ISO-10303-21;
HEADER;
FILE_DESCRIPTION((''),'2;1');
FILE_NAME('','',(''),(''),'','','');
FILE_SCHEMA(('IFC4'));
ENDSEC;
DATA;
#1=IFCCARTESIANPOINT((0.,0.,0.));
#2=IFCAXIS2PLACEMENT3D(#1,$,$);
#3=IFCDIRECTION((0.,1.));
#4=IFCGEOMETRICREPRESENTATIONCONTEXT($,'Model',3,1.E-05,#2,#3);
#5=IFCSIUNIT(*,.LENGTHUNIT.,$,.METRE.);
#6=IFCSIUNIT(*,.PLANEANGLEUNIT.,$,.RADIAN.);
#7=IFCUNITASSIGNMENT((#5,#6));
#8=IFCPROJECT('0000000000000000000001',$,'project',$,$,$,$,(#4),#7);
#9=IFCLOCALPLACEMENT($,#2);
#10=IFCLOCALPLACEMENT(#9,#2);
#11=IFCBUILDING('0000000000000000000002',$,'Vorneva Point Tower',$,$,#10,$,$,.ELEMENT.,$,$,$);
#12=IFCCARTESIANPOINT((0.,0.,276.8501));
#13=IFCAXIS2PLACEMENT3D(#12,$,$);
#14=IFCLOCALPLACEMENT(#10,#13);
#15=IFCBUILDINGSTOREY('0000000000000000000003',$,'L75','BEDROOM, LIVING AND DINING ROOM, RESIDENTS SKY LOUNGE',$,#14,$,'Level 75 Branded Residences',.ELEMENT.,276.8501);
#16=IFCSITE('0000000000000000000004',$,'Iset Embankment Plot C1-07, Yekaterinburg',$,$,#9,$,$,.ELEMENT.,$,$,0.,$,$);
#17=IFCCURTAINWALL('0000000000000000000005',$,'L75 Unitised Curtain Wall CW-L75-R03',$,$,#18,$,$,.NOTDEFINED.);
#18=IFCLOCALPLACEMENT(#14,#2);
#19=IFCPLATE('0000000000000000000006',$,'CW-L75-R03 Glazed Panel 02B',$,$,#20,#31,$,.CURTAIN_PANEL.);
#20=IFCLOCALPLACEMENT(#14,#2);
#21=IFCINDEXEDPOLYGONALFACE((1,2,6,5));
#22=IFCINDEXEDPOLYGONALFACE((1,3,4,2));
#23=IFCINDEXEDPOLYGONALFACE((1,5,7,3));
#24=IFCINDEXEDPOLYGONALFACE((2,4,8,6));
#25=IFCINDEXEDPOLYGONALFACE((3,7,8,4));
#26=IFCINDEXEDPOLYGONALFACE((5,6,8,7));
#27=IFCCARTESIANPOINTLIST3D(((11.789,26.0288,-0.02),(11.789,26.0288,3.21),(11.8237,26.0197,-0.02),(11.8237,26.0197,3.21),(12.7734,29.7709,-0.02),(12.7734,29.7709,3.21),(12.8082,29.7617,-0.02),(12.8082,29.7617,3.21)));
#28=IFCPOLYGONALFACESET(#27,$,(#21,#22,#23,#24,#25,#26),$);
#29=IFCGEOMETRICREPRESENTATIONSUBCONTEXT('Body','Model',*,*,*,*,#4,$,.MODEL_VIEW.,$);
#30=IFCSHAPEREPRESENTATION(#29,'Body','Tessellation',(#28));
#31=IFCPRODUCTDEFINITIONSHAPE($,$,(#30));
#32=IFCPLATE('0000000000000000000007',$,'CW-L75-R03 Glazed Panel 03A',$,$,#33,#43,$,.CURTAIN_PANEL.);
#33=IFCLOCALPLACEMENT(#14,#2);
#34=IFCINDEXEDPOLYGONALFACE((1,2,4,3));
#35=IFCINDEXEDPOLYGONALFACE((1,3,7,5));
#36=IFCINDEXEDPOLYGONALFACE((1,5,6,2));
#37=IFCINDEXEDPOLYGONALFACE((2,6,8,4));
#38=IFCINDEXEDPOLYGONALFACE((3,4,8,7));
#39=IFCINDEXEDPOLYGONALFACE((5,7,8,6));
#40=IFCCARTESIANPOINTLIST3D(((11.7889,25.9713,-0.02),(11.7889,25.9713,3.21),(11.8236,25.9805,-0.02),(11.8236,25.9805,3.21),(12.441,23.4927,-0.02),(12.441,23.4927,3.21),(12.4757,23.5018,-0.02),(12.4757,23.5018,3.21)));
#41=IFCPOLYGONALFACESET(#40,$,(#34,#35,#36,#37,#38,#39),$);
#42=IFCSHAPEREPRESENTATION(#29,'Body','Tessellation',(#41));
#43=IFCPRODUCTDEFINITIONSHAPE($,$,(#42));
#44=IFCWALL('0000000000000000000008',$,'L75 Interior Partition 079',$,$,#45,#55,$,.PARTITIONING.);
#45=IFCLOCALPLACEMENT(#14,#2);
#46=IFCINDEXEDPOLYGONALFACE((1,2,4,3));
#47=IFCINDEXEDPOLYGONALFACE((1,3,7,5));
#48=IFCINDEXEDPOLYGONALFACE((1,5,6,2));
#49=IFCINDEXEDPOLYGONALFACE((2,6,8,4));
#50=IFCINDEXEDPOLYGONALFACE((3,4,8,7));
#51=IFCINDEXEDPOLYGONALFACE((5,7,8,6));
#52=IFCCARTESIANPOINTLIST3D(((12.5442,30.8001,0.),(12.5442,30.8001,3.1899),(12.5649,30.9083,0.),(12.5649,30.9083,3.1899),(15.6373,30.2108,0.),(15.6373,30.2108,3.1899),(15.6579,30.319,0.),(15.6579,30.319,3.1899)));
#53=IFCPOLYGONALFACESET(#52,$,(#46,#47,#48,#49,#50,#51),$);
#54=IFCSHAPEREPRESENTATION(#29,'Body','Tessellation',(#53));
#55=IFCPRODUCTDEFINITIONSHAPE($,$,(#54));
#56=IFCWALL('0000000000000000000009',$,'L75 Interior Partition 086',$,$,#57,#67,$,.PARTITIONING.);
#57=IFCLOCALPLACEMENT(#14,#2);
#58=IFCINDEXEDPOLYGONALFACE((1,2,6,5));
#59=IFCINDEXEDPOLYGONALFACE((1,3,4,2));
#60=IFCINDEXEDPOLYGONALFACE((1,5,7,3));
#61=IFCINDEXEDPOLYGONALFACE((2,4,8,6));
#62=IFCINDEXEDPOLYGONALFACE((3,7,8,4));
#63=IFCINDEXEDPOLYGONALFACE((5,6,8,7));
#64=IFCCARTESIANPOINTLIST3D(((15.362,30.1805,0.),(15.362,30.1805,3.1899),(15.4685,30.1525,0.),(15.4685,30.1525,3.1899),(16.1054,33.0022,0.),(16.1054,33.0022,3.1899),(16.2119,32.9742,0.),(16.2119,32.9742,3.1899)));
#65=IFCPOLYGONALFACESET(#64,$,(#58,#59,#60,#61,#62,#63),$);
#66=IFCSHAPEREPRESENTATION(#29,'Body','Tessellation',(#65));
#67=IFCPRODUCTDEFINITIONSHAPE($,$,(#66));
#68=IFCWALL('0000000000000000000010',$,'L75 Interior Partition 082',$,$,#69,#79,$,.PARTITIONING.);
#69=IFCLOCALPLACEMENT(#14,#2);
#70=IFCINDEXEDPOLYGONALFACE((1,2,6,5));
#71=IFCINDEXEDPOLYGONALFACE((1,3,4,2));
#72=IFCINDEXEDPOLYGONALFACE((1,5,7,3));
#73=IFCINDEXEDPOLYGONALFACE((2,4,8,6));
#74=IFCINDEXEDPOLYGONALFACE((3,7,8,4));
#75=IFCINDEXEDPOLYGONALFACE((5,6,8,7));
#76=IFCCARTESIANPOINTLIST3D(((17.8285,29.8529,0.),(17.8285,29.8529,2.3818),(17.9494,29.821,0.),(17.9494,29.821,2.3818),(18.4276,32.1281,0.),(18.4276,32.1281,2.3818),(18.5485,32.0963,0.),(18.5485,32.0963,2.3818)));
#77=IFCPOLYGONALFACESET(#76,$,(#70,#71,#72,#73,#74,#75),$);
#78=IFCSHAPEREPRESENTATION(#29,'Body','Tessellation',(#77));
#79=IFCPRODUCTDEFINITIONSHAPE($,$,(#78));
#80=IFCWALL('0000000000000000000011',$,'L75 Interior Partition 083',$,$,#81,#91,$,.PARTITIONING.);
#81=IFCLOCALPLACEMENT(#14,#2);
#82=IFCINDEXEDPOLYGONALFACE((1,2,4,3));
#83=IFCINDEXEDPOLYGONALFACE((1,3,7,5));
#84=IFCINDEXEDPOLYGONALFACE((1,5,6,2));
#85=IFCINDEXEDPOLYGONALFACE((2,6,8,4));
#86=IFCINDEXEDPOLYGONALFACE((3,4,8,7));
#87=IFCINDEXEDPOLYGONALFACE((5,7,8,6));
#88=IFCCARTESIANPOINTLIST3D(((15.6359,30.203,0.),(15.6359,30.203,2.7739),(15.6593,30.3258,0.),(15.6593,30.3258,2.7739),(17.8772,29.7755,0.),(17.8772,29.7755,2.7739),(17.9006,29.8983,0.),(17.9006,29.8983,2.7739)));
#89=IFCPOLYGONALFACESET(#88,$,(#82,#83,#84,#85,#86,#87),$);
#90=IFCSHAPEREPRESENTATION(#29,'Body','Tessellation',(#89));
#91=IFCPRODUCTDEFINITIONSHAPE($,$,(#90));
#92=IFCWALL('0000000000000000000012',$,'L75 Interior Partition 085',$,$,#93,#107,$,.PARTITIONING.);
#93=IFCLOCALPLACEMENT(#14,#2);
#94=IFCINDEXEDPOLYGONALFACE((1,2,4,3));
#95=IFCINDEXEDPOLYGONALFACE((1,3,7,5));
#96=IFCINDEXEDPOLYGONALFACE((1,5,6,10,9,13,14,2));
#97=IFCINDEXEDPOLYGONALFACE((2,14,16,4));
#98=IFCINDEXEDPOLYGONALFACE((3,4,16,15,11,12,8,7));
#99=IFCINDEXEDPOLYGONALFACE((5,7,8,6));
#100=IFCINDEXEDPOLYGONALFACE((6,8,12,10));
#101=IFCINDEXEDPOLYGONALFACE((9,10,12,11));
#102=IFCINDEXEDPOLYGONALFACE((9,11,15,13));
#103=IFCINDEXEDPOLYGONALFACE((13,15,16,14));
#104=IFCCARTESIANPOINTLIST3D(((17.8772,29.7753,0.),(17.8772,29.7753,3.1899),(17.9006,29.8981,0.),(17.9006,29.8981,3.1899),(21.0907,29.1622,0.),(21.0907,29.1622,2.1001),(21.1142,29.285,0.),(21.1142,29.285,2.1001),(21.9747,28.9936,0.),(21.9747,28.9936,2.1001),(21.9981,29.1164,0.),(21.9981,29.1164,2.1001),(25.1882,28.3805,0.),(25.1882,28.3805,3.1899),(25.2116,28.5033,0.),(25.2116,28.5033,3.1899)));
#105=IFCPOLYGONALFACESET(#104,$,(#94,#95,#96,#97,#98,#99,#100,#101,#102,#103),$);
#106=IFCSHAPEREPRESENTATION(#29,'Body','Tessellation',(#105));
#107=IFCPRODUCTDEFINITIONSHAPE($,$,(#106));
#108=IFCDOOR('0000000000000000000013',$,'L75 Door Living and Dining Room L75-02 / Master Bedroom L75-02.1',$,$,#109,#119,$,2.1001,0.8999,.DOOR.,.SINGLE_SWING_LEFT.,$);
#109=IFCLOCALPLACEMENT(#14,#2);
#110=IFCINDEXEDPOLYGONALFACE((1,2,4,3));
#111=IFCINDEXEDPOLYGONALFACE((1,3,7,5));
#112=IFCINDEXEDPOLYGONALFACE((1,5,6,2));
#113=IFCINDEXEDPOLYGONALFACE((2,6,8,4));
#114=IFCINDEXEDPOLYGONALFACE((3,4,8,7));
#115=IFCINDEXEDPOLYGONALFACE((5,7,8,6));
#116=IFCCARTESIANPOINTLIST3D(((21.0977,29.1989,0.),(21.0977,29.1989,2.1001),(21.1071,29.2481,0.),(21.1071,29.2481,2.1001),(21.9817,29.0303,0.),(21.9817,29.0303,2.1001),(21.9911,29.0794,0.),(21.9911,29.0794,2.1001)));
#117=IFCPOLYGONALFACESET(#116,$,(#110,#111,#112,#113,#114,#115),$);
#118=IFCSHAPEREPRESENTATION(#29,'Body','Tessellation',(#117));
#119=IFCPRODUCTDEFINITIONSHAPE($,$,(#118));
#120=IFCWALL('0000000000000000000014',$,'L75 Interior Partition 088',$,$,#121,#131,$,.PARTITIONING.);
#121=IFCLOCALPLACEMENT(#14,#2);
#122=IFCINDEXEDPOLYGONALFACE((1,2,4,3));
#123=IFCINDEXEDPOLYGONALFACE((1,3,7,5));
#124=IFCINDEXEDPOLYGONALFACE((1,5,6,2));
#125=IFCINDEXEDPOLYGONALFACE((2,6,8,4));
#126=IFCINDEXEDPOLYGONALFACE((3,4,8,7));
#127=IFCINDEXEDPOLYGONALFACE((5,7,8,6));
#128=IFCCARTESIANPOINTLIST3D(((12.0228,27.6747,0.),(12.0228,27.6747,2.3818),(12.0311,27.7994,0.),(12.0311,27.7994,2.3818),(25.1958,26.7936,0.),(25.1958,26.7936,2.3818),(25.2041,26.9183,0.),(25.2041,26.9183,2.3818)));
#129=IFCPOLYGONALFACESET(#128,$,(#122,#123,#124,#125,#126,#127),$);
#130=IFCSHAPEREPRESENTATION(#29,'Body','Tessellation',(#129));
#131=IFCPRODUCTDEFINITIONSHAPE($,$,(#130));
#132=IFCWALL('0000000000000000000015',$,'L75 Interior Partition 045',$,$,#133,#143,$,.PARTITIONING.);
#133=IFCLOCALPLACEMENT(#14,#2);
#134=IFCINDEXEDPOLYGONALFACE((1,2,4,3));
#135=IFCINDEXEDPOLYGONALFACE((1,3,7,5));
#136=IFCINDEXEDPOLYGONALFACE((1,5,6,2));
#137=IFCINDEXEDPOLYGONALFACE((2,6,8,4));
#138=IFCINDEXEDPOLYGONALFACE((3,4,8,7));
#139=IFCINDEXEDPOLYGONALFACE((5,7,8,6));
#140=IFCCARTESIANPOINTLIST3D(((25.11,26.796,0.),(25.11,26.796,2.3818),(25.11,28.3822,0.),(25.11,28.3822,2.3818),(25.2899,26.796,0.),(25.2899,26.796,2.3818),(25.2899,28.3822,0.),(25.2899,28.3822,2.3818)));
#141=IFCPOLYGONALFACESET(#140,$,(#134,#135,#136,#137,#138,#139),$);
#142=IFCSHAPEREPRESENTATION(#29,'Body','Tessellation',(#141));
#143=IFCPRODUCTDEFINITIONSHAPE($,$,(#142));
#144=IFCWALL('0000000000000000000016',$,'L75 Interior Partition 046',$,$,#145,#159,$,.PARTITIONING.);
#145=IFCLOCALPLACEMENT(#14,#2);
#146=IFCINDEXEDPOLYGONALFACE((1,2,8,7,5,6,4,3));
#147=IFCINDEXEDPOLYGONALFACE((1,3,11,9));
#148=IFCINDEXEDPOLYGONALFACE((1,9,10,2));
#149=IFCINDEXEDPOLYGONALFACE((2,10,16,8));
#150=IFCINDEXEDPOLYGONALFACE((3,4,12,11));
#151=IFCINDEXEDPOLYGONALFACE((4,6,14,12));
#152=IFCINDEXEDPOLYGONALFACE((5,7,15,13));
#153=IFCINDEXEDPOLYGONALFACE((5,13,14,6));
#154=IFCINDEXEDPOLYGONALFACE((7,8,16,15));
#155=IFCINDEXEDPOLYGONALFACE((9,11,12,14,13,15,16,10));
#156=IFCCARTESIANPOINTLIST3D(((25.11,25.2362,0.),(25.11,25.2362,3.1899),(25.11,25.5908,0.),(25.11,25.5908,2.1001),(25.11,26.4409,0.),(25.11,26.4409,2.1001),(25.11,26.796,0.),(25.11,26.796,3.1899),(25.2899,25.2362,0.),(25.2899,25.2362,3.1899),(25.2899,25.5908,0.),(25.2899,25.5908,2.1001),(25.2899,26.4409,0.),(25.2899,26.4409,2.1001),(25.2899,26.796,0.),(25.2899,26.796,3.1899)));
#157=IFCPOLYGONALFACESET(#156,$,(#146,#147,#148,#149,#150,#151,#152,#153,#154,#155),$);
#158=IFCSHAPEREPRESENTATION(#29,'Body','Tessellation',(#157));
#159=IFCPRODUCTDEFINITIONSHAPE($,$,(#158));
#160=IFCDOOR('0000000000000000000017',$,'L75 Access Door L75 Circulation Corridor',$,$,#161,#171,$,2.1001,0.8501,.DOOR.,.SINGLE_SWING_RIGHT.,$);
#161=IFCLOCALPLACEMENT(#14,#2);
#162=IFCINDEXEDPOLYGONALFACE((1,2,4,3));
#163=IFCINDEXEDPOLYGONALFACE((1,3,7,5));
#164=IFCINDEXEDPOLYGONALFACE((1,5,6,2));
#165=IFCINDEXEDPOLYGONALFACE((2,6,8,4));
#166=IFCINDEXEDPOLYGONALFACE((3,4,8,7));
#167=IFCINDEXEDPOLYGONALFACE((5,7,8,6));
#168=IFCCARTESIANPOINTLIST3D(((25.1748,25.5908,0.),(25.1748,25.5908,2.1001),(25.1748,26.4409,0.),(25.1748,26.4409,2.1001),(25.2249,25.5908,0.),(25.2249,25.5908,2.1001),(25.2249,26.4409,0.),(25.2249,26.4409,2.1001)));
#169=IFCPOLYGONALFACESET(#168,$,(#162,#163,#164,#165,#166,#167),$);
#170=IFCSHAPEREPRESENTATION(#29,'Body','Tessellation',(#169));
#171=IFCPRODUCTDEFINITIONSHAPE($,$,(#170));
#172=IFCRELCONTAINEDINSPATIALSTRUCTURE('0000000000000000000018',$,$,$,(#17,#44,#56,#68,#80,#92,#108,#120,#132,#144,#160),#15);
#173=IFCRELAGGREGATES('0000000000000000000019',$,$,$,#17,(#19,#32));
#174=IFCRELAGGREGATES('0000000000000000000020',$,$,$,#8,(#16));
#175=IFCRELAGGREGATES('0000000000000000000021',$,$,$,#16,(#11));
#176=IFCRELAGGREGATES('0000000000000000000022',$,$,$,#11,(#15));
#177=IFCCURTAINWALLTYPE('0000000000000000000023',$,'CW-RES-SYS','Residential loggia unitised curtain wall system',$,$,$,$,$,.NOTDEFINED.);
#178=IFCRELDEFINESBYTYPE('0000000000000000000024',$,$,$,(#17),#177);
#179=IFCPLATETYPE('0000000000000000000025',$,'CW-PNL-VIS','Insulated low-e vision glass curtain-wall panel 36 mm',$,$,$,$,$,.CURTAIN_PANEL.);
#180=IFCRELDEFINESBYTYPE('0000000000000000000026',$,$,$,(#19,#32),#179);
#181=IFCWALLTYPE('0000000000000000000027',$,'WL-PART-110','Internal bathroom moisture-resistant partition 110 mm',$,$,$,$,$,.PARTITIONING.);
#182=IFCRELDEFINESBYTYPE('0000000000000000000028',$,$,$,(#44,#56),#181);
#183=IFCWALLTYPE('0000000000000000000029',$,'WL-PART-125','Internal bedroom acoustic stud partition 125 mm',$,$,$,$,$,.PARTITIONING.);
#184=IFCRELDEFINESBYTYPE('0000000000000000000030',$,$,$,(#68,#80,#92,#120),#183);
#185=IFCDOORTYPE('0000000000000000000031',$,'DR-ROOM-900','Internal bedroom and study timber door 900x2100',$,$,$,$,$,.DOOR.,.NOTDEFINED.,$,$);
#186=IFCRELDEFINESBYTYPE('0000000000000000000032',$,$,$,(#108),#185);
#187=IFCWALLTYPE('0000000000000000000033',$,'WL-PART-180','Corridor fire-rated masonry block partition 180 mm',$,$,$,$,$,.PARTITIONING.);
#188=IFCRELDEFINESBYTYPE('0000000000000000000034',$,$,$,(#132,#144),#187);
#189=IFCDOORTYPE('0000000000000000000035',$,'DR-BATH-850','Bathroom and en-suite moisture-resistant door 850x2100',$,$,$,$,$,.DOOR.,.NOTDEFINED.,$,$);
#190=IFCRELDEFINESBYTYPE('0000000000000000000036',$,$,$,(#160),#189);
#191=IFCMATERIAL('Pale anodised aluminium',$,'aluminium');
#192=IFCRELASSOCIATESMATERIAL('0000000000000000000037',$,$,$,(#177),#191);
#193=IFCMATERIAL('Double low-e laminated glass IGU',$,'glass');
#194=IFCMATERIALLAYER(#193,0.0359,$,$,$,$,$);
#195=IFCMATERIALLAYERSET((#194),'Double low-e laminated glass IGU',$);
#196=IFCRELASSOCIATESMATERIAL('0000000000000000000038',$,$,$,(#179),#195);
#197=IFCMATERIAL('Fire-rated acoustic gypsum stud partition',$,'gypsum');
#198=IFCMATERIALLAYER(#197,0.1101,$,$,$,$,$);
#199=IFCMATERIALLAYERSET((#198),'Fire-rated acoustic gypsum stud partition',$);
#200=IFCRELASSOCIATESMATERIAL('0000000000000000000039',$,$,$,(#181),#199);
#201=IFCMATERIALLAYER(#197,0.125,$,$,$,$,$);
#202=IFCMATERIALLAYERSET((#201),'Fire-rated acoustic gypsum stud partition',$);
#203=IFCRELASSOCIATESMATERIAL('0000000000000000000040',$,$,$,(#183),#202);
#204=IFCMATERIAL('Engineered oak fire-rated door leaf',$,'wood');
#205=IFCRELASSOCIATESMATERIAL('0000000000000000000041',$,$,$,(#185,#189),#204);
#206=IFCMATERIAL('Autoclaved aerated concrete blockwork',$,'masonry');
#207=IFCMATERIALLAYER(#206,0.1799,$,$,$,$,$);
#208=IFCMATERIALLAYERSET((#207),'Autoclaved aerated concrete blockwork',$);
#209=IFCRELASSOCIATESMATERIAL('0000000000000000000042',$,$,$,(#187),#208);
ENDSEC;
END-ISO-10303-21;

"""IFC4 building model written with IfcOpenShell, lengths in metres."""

from ifc_helpers import new_model, si_unit, direction, frame, frame_2d, origin, origin_2d, place, context, subcontext, project, spatial, rectangle, extrude, material, layer, layer_set, type_object, element, fill, aggregate, save


model = new_model("IFC4")

# Units and contexts
model_context = context("Model", 3, precision=1e-05, world=origin(), true_north=direction((0.0, 1.0)))
body_context = subcontext(model_context, "Body", "Model", "MODEL_VIEW")
ifc_project = project(units=[si_unit("LENGTHUNIT", "METRE"), si_unit("PLANEANGLEUNIT", "RADIAN")], contexts=[model_context])

# Site, building, storey
site_placement = place(None, origin())
site = spatial("IfcSite", under=ifc_project, at=site_placement, Name="Iset Embankment Plot C1-07, Yekaterinburg", CompositionType="ELEMENT", RefElevation=0.0)
building_placement = place(site_placement, origin())
building = spatial("IfcBuilding", under=site, at=building_placement, Name="Vorneva Point Tower", CompositionType="ELEMENT")
storey_placement = place(building_placement, frame((0.0, 0.0, 276.8501)))
storey = spatial("IfcBuildingStorey", under=building, at=storey_placement, Name="L75", Description="BEDROOM, LIVING AND DINING ROOM, RESIDENTS SKY LOUNGE", LongName="Level 75 Branded Residences", CompositionType="ELEMENT", Elevation=276.8501)

# Curtain wall, plates
ifc_material_1 = material(Name="Pale anodised aluminium", Category="aluminium")
curtain_wall_type = type_object("IfcCurtainWallType", Name="CW-RES-SYS", Description="Residential loggia unitised curtain wall system", PredefinedType="NOTDEFINED", material=ifc_material_1)
curtain_wall_placement = place(storey_placement, origin())
curtain_wall = element("IfcCurtainWall", 1, at=curtain_wall_placement, inside=storey, type_object=curtain_wall_type, Name="L75 Unitised Curtain Wall CW-L75-R03", PredefinedType="NOTDEFINED")
ifc_material_2 = material(Name="Double low-e laminated glass IGU", Category="glass")
ifc_layer_1 = layer(ifc_material_2, 0.0359)
ifc_layer_set_1 = layer_set([ifc_layer_1], Name="Double low-e laminated glass IGU")
plate_type = type_object("IfcPlateType", Name="CW-PNL-VIS", Description="Insulated low-e vision glass curtain-wall panel 36 mm", PredefinedType="CURTAIN_PANEL", material=ifc_layer_set_1)
plate_1_placement = place(storey_placement, frame((12.2986, 27.8953, -0.02), z_axis=(0.0, 0.0, 1.0), x_axis=(-0.254416, -0.967095, 0.0)))
plate_1 = element("IfcPlate", 2, at=plate_1_placement, type_object=plate_type, Name="CW-L75-R03 Glazed Panel 02B", PredefinedType="CURTAIN_PANEL", context=body_context, shape_type="SweptSolid", body=[
    extrude(rectangle(XDim=3.8694, YDim=0.0359, at=origin_2d()), origin(), (0.0, 0.0, 1.0), 3.23),
])
plate_2_placement = place(storey_placement, frame((12.1323, 24.7366, -0.02), z_axis=(0.0, 0.0, 1.0), x_axis=(0.254416, -0.967095, 0.0)))
plate_2 = element("IfcPlate", 3, at=plate_2_placement, type_object=plate_type, Name="CW-L75-R03 Glazed Panel 03A", PredefinedType="CURTAIN_PANEL", context=body_context, shape_type="SweptSolid", body=[
    extrude(rectangle(XDim=2.563, YDim=0.0359, at=origin_2d()), origin(), (0.0, 0.0, 1.0), 3.23),
])
aggregate(curtain_wall, [plate_1, plate_2])

# Walls
ifc_material_3 = material(Name="Fire-rated acoustic gypsum stud partition", Category="gypsum")
ifc_layer_2 = layer(ifc_material_3, 0.1101)
ifc_layer_set_2 = layer_set([ifc_layer_2], Name="Fire-rated acoustic gypsum stud partition")
wall_type_1 = type_object("IfcWallType", Name="WL-PART-110", Description="Internal bathroom moisture-resistant partition 110 mm", PredefinedType="PARTITIONING", material=ifc_layer_set_2)
wall_1_placement = place(storey_placement, frame((15.6475, 30.2649, 0.0), z_axis=(0.0, 0.0, 1.0), x_axis=(-0.982326, 0.187176, 0.0)))
element("IfcWall", 4, at=wall_1_placement, inside=storey, type_object=wall_type_1, Name="L75 Interior Partition 079", PredefinedType="PARTITIONING", context=body_context, shape_type="SweptSolid", body=[
    extrude(rectangle(XDim=3.1487, YDim=0.1101, at=frame_2d((1.5742, 0.0))), origin(), (0.0, 0.0, 1.0), 3.1899),
])
wall_2_placement = place(storey_placement, frame((15.4153, 30.1665, 0.0), z_axis=(0.0, 0.0, 1.0), x_axis=(0.254761, 0.967004, 0.0)))
element("IfcWall", 5, at=wall_2_placement, inside=storey, type_object=wall_type_1, Name="L75 Interior Partition 086", PredefinedType="PARTITIONING", context=body_context, shape_type="SweptSolid", body=[
    extrude(rectangle(XDim=2.918, YDim=0.1101, at=frame_2d((1.459, 0.0))), origin(), (0.0, 0.0, 1.0), 3.1899),
])
ifc_layer_3 = layer(ifc_material_3, 0.125)
ifc_layer_set_3 = layer_set([ifc_layer_3], Name="Fire-rated acoustic gypsum stud partition")
wall_type_2 = type_object("IfcWallType", Name="WL-PART-125", Description="Internal bedroom acoustic stud partition 125 mm", PredefinedType="PARTITIONING", material=ifc_layer_set_3)
wall_3_placement = place(storey_placement, frame((18.488, 32.1121, 0.0), z_axis=(0.0, 0.0, 1.0), x_axis=(-0.254652, -0.967033, 0.0)))
element("IfcWall", 6, at=wall_3_placement, inside=storey, type_object=wall_type_2, Name="L75 Interior Partition 082", PredefinedType="PARTITIONING", context=body_context, shape_type="SweptSolid", body=[
    extrude(rectangle(XDim=2.3528, YDim=0.125, at=frame_2d((1.1763, 0.0))), origin(), (0.0, 0.0, 1.0), 2.3818),
])
wall_4_placement = place(storey_placement, frame((17.8889, 29.8369, 0.0), z_axis=(0.0, 0.0, 1.0), x_axis=(-0.982295, 0.187343, 0.0)))
element("IfcWall", 7, at=wall_4_placement, inside=storey, type_object=wall_type_2, Name="L75 Interior Partition 083", PredefinedType="PARTITIONING", context=body_context, shape_type="SweptSolid", body=[
    extrude(rectangle(XDim=2.2817, YDim=0.125, at=frame_2d((1.1409, 0.0))), origin(), (0.0, 0.0, 1.0), 2.7739),
])

# Wall, opening, door
wall_5_placement = place(storey_placement, frame((17.8889, 29.8367, 0.0), z_axis=(0.0, 0.0, 1.0), x_axis=(0.982284, -0.187397, 0.0)))
wall_5 = element("IfcWall", 8, at=wall_5_placement, inside=storey, type_object=wall_type_2, Name="L75 Interior Partition 085", PredefinedType="PARTITIONING", context=body_context, shape_type="SweptSolid", body=[
    extrude(rectangle(XDim=7.4429, YDim=0.125, at=frame_2d((3.7214, 0.0))), origin(), (0.0, 0.0, 1.0), 3.1899),
])
opening_1_placement = place(wall_5_placement, frame((3.2715, 0.0, 0.0)))
opening_1 = element("IfcOpeningElement", 9, at=opening_1_placement, cuts=wall_5, PredefinedType="OPENING", context=body_context, shape_type="SweptSolid", body=[
    extrude(rectangle(XDim=0.8999, YDim=2.1001, at=frame_2d((0.45, 1.05))), frame((0.0, 0.0774, 0.0), z_axis=(0.0, -1.0, 0.0), x_axis=(1.0, 0.0, 0.0)), (0.0, 0.0, 1.0), 0.1548),
])
ifc_material_4 = material(Name="Engineered oak fire-rated door leaf", Category="wood")
door_type_1 = type_object("IfcDoorType", Name="DR-ROOM-900", Description="Internal bedroom and study timber door 900x2100", OperationType="NOTDEFINED", PredefinedType="DOOR", material=ifc_material_4)
door_1_placement = place(opening_1_placement, origin())
door_1 = element("IfcDoor", 10, at=door_1_placement, inside=storey, type_object=door_type_1, Name="L75 Door Living and Dining Room L75-02 / Master Bedroom L75-02.1", OperationType="SINGLE_SWING_LEFT", OverallHeight=2.1001, OverallWidth=0.8999, PredefinedType="DOOR", context=body_context, shape_type="SweptSolid", body=[
    extrude(rectangle(XDim=0.8999, YDim=2.1001, at=frame_2d((0.45, 1.05))), frame((0.0, 0.0249, 0.0), z_axis=(0.0, -1.0, 0.0), x_axis=(1.0, 0.0, 0.0)), (0.0, 0.0, 1.0), 0.05),
])
fill(opening_1, door_1)

# Walls
wall_6_placement = place(storey_placement, frame((12.0271, 27.7371, 0.0), z_axis=(0.0, 0.0, 1.0), x_axis=(0.99777, -0.066739, 0.0)))
element("IfcWall", 11, at=wall_6_placement, inside=storey, type_object=wall_type_2, Name="L75 Interior Partition 088", PredefinedType="PARTITIONING", context=body_context, shape_type="SweptSolid", body=[
    extrude(rectangle(XDim=13.2024, YDim=0.125, at=frame_2d((6.6011, 0.0))), origin(), (0.0, 0.0, 1.0), 2.3818),
])
ifc_material_5 = material(Name="Autoclaved aerated concrete blockwork", Category="masonry")
ifc_layer_4 = layer(ifc_material_5, 0.1799)
ifc_layer_set_4 = layer_set([ifc_layer_4], Name="Autoclaved aerated concrete blockwork")
wall_type_3 = type_object("IfcWallType", Name="WL-PART-180", Description="Corridor fire-rated masonry block partition 180 mm", PredefinedType="PARTITIONING", material=ifc_layer_set_4)
wall_7_placement = place(storey_placement, frame((25.2, 28.3821, 0.0), z_axis=(0.0, 0.0, 1.0), x_axis=(0.0, -1.0, 0.0)))
element("IfcWall", 12, at=wall_7_placement, inside=storey, type_object=wall_type_3, Name="L75 Interior Partition 045", PredefinedType="PARTITIONING", context=body_context, shape_type="SweptSolid", body=[
    extrude(rectangle(XDim=1.5862, YDim=0.1799, at=frame_2d((0.793, 0.0))), origin(), (0.0, 0.0, 1.0), 2.3818),
])

# Wall, opening, door
wall_8_placement = place(storey_placement, frame((25.2, 26.7959, 0.0), z_axis=(0.0, 0.0, 1.0), x_axis=(0.0, -1.0, 0.0)))
wall_8 = element("IfcWall", 13, at=wall_8_placement, inside=storey, type_object=wall_type_3, Name="L75 Interior Partition 046", PredefinedType="PARTITIONING", context=body_context, shape_type="SweptSolid", body=[
    extrude(rectangle(XDim=1.5598, YDim=0.1799, at=frame_2d((0.7798, 0.0))), origin(), (0.0, 0.0, 1.0), 3.1899),
])
opening_2_placement = place(wall_8_placement, frame((0.355, 0.0, 0.0)))
opening_2 = element("IfcOpeningElement", 14, at=opening_2_placement, cuts=wall_8, PredefinedType="OPENING", context=body_context, shape_type="SweptSolid", body=[
    extrude(rectangle(XDim=0.8501, YDim=2.1001, at=frame_2d((0.425, 1.05))), frame((0.0, 0.105, 0.0), z_axis=(0.0, -1.0, 0.0), x_axis=(1.0, 0.0, 0.0)), (0.0, 0.0, 1.0), 0.2097),
])
door_type_2 = type_object("IfcDoorType", Name="DR-BATH-850", Description="Bathroom and en-suite moisture-resistant door 850x2100", OperationType="NOTDEFINED", PredefinedType="DOOR", material=ifc_material_4)
door_2_placement = place(opening_2_placement, origin())
door_2 = element("IfcDoor", 15, at=door_2_placement, inside=storey, type_object=door_type_2, Name="L75 Access Door L75 Circulation Corridor", OperationType="SINGLE_SWING_RIGHT", OverallHeight=2.1001, OverallWidth=0.8501, PredefinedType="DOOR", context=body_context, shape_type="SweptSolid", body=[
    extrude(rectangle(XDim=0.8501, YDim=2.1001, at=frame_2d((0.425, 1.05))), frame((0.0, 0.0249, 0.0), z_axis=(0.0, -1.0, 0.0), x_axis=(1.0, 0.0, 0.0)), (0.0, 0.0, 1.0), 0.05),
])
fill(opening_2, door_2)

save(model, "model.ifc")
